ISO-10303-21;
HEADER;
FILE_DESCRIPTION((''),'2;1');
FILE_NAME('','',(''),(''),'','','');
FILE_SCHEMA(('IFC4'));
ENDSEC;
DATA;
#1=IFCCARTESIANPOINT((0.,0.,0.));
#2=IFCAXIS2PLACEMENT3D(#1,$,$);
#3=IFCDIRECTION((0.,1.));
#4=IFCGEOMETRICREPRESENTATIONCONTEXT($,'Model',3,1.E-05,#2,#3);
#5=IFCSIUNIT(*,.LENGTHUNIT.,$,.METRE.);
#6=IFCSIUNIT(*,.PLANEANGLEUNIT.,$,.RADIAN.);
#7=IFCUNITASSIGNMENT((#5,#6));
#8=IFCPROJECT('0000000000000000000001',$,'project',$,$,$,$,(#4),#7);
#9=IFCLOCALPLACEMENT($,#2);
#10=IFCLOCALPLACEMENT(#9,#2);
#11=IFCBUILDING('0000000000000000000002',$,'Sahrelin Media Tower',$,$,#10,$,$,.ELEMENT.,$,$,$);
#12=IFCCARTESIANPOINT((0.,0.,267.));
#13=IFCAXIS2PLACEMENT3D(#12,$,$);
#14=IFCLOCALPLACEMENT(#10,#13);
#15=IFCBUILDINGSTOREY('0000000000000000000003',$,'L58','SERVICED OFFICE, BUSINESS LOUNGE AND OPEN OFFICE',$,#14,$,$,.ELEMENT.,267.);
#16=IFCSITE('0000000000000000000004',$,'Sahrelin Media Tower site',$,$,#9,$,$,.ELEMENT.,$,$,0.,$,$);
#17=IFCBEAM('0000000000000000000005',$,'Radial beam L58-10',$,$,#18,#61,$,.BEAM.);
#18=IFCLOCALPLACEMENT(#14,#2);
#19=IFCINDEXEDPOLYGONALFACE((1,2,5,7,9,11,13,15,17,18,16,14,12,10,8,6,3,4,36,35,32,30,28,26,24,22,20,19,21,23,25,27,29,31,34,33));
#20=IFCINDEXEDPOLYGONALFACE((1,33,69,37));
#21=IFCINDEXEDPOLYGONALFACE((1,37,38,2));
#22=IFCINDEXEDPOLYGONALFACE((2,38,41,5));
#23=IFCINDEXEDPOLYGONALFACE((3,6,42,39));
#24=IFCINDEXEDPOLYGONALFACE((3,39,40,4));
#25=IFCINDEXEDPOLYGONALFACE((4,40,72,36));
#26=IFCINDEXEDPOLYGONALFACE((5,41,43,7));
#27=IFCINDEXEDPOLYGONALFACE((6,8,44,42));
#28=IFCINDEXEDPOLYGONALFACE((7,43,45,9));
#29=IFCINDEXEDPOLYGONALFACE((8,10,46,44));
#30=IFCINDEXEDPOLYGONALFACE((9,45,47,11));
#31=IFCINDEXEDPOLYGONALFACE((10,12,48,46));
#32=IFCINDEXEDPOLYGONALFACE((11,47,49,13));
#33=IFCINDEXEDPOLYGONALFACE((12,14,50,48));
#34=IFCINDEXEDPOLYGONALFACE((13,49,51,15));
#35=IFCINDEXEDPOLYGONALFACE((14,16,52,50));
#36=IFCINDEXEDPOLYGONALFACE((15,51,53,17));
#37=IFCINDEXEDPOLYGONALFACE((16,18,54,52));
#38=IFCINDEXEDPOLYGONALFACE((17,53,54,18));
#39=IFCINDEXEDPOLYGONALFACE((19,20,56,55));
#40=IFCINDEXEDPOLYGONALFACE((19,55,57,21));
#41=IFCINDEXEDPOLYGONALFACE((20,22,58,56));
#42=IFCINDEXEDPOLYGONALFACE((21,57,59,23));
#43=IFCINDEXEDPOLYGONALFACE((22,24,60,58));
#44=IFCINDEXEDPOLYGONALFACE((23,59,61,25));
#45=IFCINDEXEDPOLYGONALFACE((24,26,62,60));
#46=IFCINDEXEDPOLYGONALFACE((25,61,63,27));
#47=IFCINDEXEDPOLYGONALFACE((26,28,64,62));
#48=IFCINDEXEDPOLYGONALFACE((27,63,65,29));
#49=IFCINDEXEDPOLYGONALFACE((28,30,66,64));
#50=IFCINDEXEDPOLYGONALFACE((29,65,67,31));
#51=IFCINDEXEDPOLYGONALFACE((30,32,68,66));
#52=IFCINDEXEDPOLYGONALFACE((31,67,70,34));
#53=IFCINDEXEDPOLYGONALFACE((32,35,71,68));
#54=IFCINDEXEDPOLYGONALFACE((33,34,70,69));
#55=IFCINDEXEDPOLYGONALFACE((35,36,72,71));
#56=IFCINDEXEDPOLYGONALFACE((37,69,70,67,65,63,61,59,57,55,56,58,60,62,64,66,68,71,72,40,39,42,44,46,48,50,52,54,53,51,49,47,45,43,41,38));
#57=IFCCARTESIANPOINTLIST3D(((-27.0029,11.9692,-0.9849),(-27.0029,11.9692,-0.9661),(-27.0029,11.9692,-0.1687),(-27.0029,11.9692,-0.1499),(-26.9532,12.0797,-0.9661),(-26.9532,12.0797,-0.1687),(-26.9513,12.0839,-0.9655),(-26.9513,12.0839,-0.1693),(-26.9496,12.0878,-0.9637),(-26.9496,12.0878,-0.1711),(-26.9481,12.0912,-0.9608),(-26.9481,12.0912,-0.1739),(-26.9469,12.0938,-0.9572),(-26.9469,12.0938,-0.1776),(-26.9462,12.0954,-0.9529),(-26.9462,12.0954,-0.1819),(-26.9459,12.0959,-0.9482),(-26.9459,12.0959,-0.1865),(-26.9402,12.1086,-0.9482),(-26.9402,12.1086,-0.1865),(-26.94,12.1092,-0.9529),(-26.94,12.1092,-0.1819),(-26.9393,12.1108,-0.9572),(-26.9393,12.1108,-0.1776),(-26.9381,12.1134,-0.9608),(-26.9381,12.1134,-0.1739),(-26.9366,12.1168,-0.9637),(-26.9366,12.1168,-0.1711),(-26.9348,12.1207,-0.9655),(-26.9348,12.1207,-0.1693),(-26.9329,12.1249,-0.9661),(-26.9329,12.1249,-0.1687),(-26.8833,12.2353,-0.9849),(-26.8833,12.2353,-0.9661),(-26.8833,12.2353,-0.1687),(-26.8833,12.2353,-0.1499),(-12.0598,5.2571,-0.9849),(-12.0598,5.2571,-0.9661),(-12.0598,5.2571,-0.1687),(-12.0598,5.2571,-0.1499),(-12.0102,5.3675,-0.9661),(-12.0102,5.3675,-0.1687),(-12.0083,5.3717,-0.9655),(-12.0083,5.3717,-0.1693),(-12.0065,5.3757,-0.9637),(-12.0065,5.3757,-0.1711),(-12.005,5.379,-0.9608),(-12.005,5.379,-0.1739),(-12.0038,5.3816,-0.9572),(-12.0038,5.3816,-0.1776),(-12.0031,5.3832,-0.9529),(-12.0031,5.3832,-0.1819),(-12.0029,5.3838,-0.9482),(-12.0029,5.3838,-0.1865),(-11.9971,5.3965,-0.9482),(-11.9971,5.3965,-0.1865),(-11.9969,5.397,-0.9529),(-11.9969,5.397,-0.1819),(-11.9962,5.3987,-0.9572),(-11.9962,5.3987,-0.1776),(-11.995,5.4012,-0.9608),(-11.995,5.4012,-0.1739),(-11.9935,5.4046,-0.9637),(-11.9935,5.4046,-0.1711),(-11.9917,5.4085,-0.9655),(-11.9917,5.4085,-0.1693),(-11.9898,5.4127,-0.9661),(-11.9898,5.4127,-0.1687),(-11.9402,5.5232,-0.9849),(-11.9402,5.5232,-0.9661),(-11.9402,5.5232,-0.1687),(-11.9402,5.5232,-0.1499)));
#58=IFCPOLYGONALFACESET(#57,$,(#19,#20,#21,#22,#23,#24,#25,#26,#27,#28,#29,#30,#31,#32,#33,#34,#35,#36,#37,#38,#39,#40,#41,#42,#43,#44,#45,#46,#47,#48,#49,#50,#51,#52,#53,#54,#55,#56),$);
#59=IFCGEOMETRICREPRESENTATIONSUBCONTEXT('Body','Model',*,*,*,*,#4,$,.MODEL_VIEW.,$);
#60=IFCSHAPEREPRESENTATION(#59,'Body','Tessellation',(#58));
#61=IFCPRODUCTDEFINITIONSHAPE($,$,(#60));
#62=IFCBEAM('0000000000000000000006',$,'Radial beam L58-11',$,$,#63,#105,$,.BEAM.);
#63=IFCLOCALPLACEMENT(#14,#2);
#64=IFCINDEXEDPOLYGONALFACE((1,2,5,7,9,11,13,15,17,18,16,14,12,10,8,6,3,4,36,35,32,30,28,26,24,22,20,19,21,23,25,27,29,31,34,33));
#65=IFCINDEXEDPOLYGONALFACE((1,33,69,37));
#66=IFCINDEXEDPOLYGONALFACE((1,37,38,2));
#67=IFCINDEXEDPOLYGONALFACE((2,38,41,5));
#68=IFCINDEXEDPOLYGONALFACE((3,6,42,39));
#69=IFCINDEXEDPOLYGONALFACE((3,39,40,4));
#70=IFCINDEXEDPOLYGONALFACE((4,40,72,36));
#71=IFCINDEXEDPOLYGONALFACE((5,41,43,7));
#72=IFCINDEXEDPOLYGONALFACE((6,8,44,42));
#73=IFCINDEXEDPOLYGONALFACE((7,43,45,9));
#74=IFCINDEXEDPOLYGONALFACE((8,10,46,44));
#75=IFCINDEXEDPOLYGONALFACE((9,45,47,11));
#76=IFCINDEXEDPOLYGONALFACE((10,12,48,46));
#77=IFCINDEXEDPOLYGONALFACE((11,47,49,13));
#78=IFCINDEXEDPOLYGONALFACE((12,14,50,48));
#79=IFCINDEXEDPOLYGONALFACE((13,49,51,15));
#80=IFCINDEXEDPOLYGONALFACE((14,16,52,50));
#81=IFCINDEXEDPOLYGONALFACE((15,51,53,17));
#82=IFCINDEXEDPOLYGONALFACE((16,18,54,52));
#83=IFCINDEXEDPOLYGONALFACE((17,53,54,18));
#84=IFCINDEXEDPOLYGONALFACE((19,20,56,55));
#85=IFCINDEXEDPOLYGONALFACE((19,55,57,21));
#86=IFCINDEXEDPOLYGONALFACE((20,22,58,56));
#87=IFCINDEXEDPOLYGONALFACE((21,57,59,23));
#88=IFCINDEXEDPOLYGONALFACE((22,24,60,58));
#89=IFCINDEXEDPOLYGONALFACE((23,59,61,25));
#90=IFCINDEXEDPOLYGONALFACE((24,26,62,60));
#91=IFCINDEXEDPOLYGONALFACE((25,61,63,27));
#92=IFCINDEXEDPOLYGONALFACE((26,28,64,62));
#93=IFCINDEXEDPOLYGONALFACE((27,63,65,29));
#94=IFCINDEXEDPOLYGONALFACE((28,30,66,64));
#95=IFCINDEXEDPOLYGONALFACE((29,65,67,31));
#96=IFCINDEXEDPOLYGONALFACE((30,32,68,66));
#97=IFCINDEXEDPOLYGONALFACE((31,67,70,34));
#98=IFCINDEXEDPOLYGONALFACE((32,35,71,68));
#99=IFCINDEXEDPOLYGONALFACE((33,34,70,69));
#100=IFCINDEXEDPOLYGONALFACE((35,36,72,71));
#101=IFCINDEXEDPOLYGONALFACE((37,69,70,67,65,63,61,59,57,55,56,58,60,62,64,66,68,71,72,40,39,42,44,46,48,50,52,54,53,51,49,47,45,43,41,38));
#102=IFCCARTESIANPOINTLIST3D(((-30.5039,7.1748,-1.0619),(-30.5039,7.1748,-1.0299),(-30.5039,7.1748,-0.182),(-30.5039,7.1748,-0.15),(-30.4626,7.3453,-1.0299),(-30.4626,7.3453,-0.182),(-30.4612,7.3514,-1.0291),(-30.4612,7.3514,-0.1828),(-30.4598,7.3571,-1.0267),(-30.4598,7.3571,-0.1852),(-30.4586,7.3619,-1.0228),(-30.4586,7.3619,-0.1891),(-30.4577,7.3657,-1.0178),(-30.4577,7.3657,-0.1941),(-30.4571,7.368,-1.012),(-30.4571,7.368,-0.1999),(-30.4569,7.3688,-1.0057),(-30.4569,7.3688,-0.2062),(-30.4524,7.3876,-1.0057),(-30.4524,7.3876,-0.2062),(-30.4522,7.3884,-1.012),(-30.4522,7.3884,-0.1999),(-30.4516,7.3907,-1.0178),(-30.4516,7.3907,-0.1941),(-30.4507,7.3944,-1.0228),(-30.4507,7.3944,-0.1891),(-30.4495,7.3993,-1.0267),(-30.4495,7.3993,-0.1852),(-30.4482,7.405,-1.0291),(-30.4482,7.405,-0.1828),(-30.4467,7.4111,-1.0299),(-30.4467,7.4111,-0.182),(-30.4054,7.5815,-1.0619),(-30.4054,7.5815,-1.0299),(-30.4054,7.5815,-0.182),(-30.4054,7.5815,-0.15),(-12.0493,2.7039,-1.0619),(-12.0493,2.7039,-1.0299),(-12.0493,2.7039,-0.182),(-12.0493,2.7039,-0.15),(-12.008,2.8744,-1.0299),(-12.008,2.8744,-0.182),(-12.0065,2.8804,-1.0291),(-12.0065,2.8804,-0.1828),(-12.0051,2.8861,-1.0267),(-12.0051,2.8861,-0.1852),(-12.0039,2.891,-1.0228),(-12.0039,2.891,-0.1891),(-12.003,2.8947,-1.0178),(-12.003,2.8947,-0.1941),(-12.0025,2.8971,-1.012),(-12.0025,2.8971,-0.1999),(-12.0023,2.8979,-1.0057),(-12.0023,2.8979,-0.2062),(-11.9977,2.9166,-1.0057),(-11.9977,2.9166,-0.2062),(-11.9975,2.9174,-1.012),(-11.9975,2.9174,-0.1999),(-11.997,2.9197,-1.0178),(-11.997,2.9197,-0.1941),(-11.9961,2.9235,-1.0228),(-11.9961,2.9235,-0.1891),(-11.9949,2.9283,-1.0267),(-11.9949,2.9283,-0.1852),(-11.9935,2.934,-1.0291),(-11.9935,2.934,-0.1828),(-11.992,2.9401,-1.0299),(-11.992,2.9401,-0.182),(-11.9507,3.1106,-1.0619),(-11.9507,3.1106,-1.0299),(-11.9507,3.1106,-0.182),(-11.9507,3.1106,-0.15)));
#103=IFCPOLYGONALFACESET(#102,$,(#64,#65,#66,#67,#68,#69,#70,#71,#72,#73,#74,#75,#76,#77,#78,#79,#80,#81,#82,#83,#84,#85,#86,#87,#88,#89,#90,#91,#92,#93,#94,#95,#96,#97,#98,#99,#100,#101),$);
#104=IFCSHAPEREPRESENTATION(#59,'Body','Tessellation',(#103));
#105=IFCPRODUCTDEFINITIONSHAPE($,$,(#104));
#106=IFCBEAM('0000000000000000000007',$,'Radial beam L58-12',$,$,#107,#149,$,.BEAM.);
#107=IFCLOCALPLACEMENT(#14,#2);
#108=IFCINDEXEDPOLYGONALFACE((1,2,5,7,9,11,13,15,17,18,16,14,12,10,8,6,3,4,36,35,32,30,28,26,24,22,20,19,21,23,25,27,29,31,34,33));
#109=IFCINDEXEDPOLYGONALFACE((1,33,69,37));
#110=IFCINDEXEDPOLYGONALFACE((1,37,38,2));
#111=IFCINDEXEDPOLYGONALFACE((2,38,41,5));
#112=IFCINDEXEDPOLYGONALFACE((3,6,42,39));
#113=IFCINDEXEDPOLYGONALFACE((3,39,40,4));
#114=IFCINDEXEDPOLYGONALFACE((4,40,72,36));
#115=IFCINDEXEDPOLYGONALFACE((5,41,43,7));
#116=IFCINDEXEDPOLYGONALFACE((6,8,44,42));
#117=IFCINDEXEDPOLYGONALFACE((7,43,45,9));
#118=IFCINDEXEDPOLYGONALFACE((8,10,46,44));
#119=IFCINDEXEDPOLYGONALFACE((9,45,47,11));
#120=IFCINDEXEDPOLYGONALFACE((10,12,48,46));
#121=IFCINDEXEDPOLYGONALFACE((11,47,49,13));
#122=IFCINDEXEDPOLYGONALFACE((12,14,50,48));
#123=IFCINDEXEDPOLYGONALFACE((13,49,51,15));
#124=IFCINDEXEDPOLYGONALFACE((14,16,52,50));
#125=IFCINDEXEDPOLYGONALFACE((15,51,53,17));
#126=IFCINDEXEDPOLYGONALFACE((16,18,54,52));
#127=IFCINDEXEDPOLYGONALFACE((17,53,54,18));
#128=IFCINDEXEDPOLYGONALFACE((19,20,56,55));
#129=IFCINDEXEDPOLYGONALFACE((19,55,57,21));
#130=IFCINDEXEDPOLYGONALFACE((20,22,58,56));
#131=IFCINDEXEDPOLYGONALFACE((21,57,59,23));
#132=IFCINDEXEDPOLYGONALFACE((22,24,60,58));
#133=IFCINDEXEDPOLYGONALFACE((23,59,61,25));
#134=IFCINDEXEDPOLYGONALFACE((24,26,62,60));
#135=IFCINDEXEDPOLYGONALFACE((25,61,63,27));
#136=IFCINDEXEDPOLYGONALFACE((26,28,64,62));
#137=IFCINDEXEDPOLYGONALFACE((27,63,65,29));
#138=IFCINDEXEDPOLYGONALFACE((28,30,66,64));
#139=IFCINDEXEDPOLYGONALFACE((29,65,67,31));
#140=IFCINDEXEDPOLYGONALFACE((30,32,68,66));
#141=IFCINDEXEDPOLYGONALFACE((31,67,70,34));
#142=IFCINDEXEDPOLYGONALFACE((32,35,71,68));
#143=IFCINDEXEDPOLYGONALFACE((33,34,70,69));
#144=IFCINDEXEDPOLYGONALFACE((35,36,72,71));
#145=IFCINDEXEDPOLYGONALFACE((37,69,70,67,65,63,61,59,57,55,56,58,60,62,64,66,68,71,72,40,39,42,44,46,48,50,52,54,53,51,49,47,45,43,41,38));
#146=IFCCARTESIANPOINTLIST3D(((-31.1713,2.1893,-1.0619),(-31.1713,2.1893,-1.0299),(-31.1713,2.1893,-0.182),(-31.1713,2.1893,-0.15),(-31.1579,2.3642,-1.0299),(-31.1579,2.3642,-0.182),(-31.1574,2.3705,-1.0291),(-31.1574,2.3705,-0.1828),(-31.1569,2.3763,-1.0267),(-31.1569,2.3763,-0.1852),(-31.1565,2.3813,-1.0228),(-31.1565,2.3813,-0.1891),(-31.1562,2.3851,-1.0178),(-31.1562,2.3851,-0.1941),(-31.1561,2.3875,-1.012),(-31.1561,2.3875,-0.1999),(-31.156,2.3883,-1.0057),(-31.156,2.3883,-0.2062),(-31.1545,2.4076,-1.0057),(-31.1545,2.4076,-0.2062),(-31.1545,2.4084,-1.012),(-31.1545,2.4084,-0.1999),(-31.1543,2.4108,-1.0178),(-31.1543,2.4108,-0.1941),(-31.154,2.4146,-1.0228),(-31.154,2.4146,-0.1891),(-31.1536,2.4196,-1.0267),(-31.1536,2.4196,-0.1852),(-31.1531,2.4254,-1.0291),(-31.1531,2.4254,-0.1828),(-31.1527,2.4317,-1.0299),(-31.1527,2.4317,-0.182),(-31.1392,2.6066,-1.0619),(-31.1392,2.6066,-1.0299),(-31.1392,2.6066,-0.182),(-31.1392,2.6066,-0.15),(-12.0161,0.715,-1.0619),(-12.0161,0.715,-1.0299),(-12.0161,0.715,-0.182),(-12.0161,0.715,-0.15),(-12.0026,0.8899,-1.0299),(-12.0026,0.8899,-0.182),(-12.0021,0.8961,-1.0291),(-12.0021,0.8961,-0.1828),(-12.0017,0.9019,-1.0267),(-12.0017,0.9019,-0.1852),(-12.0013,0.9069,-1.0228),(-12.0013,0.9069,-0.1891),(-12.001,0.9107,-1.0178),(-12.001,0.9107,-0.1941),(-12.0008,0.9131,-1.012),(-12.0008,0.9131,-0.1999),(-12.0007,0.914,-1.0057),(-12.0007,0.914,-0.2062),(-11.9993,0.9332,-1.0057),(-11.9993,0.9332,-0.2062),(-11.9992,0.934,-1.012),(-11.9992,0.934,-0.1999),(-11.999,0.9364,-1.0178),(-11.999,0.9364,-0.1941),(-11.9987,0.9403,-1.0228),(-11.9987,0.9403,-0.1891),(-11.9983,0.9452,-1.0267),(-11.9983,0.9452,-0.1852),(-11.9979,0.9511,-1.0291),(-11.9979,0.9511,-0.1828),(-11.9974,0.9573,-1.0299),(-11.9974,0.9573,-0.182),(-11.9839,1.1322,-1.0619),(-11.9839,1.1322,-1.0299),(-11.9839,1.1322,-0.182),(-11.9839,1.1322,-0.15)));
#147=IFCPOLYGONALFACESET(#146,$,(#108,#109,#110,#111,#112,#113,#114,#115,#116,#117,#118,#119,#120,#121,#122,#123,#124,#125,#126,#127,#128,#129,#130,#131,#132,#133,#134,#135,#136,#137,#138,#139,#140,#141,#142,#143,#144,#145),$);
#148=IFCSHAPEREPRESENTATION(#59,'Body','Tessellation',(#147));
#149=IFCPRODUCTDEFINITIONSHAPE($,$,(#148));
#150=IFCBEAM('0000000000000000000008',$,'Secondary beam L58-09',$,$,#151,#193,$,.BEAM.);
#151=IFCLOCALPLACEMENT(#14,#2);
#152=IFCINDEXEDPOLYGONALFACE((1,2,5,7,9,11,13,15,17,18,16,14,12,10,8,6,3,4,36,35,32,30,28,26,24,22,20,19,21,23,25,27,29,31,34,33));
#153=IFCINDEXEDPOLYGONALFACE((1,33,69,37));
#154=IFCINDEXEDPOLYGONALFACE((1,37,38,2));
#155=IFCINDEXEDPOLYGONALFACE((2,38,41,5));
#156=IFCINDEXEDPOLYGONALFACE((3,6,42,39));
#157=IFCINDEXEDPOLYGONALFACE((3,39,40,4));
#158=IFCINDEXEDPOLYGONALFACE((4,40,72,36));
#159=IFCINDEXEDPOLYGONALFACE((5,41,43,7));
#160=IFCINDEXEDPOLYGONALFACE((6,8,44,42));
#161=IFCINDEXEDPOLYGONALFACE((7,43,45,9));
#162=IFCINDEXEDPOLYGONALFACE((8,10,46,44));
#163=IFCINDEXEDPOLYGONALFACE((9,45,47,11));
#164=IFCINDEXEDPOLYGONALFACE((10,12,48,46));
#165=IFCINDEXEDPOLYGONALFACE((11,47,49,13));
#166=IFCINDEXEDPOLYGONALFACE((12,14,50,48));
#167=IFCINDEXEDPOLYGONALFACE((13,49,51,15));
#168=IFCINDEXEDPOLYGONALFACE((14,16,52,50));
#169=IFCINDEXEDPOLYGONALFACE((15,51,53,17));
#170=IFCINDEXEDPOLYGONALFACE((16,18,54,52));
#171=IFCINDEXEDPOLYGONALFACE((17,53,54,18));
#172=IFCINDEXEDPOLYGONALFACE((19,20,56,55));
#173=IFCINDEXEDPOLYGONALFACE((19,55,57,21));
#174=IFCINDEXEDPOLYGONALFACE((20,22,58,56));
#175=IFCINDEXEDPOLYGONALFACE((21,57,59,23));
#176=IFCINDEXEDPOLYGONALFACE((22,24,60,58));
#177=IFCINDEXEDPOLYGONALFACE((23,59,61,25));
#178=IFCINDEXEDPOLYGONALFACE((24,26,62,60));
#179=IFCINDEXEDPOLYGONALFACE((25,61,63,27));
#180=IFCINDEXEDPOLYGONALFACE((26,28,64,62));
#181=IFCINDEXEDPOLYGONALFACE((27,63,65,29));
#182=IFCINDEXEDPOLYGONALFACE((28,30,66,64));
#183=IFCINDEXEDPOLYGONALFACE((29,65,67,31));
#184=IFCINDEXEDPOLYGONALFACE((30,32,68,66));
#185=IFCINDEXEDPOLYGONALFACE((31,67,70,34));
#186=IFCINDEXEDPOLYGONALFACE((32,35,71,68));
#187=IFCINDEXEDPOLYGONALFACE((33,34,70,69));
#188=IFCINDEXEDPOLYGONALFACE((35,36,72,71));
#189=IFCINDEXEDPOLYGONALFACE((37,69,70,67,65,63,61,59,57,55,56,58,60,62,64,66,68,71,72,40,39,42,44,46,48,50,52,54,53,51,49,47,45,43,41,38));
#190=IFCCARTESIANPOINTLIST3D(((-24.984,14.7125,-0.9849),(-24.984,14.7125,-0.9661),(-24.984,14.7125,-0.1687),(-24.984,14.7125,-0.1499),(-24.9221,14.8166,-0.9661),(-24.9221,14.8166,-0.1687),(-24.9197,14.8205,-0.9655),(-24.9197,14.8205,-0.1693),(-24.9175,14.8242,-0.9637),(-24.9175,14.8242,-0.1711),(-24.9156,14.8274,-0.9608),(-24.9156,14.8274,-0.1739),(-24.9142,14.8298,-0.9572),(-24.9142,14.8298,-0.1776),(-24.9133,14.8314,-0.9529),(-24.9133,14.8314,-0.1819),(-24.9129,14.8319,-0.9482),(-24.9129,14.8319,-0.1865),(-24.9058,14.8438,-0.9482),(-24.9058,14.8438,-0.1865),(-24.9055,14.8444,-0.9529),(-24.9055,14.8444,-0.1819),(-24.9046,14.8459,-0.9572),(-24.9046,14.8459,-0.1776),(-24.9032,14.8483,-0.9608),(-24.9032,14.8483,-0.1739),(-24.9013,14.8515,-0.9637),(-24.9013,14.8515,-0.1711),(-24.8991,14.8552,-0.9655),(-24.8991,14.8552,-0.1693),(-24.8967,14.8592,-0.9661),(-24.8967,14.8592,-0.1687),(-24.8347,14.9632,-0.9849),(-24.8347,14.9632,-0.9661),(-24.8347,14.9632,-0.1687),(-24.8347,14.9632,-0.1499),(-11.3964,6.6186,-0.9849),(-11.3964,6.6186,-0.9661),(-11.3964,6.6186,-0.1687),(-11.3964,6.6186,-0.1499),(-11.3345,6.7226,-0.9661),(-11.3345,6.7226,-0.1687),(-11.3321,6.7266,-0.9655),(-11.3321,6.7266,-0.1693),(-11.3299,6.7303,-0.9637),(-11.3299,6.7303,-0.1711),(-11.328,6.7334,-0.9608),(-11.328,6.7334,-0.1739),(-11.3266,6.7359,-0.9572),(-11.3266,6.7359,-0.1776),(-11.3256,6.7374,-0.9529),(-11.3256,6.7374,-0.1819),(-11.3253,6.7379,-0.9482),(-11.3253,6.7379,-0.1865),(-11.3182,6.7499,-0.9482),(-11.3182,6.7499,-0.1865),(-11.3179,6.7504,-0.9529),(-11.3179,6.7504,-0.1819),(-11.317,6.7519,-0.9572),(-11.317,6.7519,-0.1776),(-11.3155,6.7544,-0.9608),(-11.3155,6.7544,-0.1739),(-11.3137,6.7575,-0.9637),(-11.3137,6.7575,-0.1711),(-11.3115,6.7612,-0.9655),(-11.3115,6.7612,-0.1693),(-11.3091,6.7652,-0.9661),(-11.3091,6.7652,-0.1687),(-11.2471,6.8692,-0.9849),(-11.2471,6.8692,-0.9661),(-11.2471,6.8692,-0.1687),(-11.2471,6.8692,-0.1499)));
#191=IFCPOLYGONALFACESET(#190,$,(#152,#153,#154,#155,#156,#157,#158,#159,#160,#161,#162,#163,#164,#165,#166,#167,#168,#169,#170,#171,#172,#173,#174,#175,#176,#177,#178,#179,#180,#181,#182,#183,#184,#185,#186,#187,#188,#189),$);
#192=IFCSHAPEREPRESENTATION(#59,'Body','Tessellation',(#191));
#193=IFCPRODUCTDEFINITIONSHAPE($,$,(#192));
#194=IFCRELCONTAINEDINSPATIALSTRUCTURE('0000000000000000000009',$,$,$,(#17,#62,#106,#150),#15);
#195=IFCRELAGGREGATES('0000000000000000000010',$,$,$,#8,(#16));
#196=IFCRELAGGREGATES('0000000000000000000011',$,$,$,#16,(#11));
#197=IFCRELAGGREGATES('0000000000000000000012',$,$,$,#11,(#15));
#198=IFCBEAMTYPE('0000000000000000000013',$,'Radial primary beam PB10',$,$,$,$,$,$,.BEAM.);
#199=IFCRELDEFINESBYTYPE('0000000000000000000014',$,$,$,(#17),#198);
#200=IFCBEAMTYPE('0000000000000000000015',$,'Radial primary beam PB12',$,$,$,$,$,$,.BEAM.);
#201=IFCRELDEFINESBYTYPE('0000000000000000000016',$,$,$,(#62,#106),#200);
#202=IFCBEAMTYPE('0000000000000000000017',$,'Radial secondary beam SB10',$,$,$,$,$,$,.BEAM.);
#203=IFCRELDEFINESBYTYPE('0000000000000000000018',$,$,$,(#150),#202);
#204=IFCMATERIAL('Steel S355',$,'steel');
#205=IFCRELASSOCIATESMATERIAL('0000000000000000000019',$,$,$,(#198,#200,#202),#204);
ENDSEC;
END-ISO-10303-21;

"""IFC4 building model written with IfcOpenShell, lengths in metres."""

from ifc_helpers import new_model, si_unit, direction, frame, origin, origin_2d, place, context, subcontext, project, spatial, i_section, extrude, material, material_profile, profile_set, type_object, element, save


model = new_model("IFC4")

# Units and contexts
model_context = context("Model", 3, precision=1e-05, world=origin(), true_north=direction((0.0, 1.0)))
body_context = subcontext(model_context, "Body", "Model", "MODEL_VIEW")
ifc_project = project(units=[si_unit("LENGTHUNIT", "METRE"), si_unit("PLANEANGLEUNIT", "RADIAN")], contexts=[model_context])

# Site, building, storey
site_placement = place(None, origin())
site = spatial("IfcSite", under=ifc_project, at=site_placement, Name="Sahrelin Media Tower site", CompositionType="ELEMENT", RefElevation=0.0)
building_placement = place(site_placement, origin())
building = spatial("IfcBuilding", under=site, at=building_placement, Name="Sahrelin Media Tower", CompositionType="ELEMENT")
storey_placement = place(building_placement, frame((0.0, 0.0, 267.0)))
storey = spatial("IfcBuildingStorey", under=building, at=storey_placement, Name="L58", Description="SERVICED OFFICE, BUSINESS LOUNGE AND OPEN OFFICE", CompositionType="ELEMENT", Elevation=267.0)

# Beams
ifc_material_1 = material(Name="Steel S355", Category="steel")
ifc_material_profile_1 = material_profile(ifc_material_1, i_section(OverallWidth=0.2917, OverallDepth=0.835, WebThickness=0.0139, FlangeThickness=0.0188, FilletRadius=0.0178, at=origin_2d()), Name="UB 838x292x176")
ifc_profile_set_1 = profile_set([ifc_material_profile_1], Name="Steel S355")
beam_type_1 = type_object("IfcBeamType", Name="Radial primary beam PB10", PredefinedType="BEAM", material=ifc_profile_set_1)
beam_1_placement = place(storey_placement, frame((-12.0, 5.3901, -0.5674), z_axis=(-0.912201, 0.409743, 0.0), x_axis=(-0.409743, -0.912201, 0.0)))
element("IfcBeam", 1, at=beam_1_placement, inside=storey, type_object=beam_type_1, Name="Radial beam L58-10", PredefinedType="BEAM", context=body_context, shape_type="SweptSolid", body=[
    extrude(i_section(OverallWidth=0.2917, OverallDepth=0.835, WebThickness=0.0139, FlangeThickness=0.0188, FilletRadius=0.0178, at=origin_2d()), origin(), (0.0, 0.0, 1.0), 16.3813),
])
ifc_material_profile_2 = material_profile(ifc_material_1, i_section(OverallWidth=0.4185, OverallDepth=0.9119, WebThickness=0.0193, FlangeThickness=0.032, FilletRadius=0.0242, at=origin_2d()), Name="UB 914x419x343")
ifc_profile_set_2 = profile_set([ifc_material_profile_2], Name="Steel S355")
beam_type_2 = type_object("IfcBeamType", Name="Radial primary beam PB12", PredefinedType="BEAM", material=ifc_profile_set_2)
beam_2_placement = place(storey_placement, frame((-12.0, 2.9072, -0.606), z_axis=(-0.971885, 0.235456, 0.0), x_axis=(-0.235456, -0.971885, 0.0)))
element("IfcBeam", 2, at=beam_2_placement, inside=storey, type_object=beam_type_2, Name="Radial beam L58-11", PredefinedType="BEAM", context=body_context, shape_type="SweptSolid", body=[
    extrude(i_section(OverallWidth=0.4185, OverallDepth=0.9119, WebThickness=0.0193, FlangeThickness=0.032, FilletRadius=0.0242, at=origin_2d()), origin(), (0.0, 0.0, 1.0), 18.9885),
])
beam_3_placement = place(storey_placement, frame((-12.0, 0.9236, -0.606), z_axis=(-0.997051, 0.076742, 0.0), x_axis=(-0.076742, -0.997051, 0.0)))
element("IfcBeam", 3, at=beam_3_placement, inside=storey, type_object=beam_type_2, Name="Radial beam L58-12", PredefinedType="BEAM", context=body_context, shape_type="SweptSolid", body=[
    extrude(i_section(OverallWidth=0.4185, OverallDepth=0.9119, WebThickness=0.0193, FlangeThickness=0.032, FilletRadius=0.0242, at=origin_2d()), origin(), (0.0, 0.0, 1.0), 19.2119),
])
ifc_material_profile_3 = material_profile(ifc_material_1, i_section(OverallWidth=0.2917, OverallDepth=0.835, WebThickness=0.0139, FlangeThickness=0.0188, FilletRadius=0.0178, at=origin_2d()), Name="UB 838x292x176")
ifc_profile_set_3 = profile_set([ifc_material_profile_3], Name="Steel S355")
beam_type_3 = type_object("IfcBeamType", Name="Radial secondary beam SB10", PredefinedType="BEAM", material=ifc_profile_set_3)
beam_4_placement = place(storey_placement, frame((-11.3218, 6.7439, -0.5674), z_axis=(-0.859123, 0.511769, 0.0), x_axis=(-0.511769, -0.859123, 0.0)))
element("IfcBeam", 4, at=beam_4_placement, inside=storey, type_object=beam_type_3, Name="Secondary beam L58-09", PredefinedType="BEAM", context=body_context, shape_type="SweptSolid", body=[
    extrude(i_section(OverallWidth=0.2917, OverallDepth=0.835, WebThickness=0.0139, FlangeThickness=0.0188, FilletRadius=0.0178, at=origin_2d()), origin(), (0.0, 0.0, 1.0), 15.8157),
])

save(model, "model.ifc")
